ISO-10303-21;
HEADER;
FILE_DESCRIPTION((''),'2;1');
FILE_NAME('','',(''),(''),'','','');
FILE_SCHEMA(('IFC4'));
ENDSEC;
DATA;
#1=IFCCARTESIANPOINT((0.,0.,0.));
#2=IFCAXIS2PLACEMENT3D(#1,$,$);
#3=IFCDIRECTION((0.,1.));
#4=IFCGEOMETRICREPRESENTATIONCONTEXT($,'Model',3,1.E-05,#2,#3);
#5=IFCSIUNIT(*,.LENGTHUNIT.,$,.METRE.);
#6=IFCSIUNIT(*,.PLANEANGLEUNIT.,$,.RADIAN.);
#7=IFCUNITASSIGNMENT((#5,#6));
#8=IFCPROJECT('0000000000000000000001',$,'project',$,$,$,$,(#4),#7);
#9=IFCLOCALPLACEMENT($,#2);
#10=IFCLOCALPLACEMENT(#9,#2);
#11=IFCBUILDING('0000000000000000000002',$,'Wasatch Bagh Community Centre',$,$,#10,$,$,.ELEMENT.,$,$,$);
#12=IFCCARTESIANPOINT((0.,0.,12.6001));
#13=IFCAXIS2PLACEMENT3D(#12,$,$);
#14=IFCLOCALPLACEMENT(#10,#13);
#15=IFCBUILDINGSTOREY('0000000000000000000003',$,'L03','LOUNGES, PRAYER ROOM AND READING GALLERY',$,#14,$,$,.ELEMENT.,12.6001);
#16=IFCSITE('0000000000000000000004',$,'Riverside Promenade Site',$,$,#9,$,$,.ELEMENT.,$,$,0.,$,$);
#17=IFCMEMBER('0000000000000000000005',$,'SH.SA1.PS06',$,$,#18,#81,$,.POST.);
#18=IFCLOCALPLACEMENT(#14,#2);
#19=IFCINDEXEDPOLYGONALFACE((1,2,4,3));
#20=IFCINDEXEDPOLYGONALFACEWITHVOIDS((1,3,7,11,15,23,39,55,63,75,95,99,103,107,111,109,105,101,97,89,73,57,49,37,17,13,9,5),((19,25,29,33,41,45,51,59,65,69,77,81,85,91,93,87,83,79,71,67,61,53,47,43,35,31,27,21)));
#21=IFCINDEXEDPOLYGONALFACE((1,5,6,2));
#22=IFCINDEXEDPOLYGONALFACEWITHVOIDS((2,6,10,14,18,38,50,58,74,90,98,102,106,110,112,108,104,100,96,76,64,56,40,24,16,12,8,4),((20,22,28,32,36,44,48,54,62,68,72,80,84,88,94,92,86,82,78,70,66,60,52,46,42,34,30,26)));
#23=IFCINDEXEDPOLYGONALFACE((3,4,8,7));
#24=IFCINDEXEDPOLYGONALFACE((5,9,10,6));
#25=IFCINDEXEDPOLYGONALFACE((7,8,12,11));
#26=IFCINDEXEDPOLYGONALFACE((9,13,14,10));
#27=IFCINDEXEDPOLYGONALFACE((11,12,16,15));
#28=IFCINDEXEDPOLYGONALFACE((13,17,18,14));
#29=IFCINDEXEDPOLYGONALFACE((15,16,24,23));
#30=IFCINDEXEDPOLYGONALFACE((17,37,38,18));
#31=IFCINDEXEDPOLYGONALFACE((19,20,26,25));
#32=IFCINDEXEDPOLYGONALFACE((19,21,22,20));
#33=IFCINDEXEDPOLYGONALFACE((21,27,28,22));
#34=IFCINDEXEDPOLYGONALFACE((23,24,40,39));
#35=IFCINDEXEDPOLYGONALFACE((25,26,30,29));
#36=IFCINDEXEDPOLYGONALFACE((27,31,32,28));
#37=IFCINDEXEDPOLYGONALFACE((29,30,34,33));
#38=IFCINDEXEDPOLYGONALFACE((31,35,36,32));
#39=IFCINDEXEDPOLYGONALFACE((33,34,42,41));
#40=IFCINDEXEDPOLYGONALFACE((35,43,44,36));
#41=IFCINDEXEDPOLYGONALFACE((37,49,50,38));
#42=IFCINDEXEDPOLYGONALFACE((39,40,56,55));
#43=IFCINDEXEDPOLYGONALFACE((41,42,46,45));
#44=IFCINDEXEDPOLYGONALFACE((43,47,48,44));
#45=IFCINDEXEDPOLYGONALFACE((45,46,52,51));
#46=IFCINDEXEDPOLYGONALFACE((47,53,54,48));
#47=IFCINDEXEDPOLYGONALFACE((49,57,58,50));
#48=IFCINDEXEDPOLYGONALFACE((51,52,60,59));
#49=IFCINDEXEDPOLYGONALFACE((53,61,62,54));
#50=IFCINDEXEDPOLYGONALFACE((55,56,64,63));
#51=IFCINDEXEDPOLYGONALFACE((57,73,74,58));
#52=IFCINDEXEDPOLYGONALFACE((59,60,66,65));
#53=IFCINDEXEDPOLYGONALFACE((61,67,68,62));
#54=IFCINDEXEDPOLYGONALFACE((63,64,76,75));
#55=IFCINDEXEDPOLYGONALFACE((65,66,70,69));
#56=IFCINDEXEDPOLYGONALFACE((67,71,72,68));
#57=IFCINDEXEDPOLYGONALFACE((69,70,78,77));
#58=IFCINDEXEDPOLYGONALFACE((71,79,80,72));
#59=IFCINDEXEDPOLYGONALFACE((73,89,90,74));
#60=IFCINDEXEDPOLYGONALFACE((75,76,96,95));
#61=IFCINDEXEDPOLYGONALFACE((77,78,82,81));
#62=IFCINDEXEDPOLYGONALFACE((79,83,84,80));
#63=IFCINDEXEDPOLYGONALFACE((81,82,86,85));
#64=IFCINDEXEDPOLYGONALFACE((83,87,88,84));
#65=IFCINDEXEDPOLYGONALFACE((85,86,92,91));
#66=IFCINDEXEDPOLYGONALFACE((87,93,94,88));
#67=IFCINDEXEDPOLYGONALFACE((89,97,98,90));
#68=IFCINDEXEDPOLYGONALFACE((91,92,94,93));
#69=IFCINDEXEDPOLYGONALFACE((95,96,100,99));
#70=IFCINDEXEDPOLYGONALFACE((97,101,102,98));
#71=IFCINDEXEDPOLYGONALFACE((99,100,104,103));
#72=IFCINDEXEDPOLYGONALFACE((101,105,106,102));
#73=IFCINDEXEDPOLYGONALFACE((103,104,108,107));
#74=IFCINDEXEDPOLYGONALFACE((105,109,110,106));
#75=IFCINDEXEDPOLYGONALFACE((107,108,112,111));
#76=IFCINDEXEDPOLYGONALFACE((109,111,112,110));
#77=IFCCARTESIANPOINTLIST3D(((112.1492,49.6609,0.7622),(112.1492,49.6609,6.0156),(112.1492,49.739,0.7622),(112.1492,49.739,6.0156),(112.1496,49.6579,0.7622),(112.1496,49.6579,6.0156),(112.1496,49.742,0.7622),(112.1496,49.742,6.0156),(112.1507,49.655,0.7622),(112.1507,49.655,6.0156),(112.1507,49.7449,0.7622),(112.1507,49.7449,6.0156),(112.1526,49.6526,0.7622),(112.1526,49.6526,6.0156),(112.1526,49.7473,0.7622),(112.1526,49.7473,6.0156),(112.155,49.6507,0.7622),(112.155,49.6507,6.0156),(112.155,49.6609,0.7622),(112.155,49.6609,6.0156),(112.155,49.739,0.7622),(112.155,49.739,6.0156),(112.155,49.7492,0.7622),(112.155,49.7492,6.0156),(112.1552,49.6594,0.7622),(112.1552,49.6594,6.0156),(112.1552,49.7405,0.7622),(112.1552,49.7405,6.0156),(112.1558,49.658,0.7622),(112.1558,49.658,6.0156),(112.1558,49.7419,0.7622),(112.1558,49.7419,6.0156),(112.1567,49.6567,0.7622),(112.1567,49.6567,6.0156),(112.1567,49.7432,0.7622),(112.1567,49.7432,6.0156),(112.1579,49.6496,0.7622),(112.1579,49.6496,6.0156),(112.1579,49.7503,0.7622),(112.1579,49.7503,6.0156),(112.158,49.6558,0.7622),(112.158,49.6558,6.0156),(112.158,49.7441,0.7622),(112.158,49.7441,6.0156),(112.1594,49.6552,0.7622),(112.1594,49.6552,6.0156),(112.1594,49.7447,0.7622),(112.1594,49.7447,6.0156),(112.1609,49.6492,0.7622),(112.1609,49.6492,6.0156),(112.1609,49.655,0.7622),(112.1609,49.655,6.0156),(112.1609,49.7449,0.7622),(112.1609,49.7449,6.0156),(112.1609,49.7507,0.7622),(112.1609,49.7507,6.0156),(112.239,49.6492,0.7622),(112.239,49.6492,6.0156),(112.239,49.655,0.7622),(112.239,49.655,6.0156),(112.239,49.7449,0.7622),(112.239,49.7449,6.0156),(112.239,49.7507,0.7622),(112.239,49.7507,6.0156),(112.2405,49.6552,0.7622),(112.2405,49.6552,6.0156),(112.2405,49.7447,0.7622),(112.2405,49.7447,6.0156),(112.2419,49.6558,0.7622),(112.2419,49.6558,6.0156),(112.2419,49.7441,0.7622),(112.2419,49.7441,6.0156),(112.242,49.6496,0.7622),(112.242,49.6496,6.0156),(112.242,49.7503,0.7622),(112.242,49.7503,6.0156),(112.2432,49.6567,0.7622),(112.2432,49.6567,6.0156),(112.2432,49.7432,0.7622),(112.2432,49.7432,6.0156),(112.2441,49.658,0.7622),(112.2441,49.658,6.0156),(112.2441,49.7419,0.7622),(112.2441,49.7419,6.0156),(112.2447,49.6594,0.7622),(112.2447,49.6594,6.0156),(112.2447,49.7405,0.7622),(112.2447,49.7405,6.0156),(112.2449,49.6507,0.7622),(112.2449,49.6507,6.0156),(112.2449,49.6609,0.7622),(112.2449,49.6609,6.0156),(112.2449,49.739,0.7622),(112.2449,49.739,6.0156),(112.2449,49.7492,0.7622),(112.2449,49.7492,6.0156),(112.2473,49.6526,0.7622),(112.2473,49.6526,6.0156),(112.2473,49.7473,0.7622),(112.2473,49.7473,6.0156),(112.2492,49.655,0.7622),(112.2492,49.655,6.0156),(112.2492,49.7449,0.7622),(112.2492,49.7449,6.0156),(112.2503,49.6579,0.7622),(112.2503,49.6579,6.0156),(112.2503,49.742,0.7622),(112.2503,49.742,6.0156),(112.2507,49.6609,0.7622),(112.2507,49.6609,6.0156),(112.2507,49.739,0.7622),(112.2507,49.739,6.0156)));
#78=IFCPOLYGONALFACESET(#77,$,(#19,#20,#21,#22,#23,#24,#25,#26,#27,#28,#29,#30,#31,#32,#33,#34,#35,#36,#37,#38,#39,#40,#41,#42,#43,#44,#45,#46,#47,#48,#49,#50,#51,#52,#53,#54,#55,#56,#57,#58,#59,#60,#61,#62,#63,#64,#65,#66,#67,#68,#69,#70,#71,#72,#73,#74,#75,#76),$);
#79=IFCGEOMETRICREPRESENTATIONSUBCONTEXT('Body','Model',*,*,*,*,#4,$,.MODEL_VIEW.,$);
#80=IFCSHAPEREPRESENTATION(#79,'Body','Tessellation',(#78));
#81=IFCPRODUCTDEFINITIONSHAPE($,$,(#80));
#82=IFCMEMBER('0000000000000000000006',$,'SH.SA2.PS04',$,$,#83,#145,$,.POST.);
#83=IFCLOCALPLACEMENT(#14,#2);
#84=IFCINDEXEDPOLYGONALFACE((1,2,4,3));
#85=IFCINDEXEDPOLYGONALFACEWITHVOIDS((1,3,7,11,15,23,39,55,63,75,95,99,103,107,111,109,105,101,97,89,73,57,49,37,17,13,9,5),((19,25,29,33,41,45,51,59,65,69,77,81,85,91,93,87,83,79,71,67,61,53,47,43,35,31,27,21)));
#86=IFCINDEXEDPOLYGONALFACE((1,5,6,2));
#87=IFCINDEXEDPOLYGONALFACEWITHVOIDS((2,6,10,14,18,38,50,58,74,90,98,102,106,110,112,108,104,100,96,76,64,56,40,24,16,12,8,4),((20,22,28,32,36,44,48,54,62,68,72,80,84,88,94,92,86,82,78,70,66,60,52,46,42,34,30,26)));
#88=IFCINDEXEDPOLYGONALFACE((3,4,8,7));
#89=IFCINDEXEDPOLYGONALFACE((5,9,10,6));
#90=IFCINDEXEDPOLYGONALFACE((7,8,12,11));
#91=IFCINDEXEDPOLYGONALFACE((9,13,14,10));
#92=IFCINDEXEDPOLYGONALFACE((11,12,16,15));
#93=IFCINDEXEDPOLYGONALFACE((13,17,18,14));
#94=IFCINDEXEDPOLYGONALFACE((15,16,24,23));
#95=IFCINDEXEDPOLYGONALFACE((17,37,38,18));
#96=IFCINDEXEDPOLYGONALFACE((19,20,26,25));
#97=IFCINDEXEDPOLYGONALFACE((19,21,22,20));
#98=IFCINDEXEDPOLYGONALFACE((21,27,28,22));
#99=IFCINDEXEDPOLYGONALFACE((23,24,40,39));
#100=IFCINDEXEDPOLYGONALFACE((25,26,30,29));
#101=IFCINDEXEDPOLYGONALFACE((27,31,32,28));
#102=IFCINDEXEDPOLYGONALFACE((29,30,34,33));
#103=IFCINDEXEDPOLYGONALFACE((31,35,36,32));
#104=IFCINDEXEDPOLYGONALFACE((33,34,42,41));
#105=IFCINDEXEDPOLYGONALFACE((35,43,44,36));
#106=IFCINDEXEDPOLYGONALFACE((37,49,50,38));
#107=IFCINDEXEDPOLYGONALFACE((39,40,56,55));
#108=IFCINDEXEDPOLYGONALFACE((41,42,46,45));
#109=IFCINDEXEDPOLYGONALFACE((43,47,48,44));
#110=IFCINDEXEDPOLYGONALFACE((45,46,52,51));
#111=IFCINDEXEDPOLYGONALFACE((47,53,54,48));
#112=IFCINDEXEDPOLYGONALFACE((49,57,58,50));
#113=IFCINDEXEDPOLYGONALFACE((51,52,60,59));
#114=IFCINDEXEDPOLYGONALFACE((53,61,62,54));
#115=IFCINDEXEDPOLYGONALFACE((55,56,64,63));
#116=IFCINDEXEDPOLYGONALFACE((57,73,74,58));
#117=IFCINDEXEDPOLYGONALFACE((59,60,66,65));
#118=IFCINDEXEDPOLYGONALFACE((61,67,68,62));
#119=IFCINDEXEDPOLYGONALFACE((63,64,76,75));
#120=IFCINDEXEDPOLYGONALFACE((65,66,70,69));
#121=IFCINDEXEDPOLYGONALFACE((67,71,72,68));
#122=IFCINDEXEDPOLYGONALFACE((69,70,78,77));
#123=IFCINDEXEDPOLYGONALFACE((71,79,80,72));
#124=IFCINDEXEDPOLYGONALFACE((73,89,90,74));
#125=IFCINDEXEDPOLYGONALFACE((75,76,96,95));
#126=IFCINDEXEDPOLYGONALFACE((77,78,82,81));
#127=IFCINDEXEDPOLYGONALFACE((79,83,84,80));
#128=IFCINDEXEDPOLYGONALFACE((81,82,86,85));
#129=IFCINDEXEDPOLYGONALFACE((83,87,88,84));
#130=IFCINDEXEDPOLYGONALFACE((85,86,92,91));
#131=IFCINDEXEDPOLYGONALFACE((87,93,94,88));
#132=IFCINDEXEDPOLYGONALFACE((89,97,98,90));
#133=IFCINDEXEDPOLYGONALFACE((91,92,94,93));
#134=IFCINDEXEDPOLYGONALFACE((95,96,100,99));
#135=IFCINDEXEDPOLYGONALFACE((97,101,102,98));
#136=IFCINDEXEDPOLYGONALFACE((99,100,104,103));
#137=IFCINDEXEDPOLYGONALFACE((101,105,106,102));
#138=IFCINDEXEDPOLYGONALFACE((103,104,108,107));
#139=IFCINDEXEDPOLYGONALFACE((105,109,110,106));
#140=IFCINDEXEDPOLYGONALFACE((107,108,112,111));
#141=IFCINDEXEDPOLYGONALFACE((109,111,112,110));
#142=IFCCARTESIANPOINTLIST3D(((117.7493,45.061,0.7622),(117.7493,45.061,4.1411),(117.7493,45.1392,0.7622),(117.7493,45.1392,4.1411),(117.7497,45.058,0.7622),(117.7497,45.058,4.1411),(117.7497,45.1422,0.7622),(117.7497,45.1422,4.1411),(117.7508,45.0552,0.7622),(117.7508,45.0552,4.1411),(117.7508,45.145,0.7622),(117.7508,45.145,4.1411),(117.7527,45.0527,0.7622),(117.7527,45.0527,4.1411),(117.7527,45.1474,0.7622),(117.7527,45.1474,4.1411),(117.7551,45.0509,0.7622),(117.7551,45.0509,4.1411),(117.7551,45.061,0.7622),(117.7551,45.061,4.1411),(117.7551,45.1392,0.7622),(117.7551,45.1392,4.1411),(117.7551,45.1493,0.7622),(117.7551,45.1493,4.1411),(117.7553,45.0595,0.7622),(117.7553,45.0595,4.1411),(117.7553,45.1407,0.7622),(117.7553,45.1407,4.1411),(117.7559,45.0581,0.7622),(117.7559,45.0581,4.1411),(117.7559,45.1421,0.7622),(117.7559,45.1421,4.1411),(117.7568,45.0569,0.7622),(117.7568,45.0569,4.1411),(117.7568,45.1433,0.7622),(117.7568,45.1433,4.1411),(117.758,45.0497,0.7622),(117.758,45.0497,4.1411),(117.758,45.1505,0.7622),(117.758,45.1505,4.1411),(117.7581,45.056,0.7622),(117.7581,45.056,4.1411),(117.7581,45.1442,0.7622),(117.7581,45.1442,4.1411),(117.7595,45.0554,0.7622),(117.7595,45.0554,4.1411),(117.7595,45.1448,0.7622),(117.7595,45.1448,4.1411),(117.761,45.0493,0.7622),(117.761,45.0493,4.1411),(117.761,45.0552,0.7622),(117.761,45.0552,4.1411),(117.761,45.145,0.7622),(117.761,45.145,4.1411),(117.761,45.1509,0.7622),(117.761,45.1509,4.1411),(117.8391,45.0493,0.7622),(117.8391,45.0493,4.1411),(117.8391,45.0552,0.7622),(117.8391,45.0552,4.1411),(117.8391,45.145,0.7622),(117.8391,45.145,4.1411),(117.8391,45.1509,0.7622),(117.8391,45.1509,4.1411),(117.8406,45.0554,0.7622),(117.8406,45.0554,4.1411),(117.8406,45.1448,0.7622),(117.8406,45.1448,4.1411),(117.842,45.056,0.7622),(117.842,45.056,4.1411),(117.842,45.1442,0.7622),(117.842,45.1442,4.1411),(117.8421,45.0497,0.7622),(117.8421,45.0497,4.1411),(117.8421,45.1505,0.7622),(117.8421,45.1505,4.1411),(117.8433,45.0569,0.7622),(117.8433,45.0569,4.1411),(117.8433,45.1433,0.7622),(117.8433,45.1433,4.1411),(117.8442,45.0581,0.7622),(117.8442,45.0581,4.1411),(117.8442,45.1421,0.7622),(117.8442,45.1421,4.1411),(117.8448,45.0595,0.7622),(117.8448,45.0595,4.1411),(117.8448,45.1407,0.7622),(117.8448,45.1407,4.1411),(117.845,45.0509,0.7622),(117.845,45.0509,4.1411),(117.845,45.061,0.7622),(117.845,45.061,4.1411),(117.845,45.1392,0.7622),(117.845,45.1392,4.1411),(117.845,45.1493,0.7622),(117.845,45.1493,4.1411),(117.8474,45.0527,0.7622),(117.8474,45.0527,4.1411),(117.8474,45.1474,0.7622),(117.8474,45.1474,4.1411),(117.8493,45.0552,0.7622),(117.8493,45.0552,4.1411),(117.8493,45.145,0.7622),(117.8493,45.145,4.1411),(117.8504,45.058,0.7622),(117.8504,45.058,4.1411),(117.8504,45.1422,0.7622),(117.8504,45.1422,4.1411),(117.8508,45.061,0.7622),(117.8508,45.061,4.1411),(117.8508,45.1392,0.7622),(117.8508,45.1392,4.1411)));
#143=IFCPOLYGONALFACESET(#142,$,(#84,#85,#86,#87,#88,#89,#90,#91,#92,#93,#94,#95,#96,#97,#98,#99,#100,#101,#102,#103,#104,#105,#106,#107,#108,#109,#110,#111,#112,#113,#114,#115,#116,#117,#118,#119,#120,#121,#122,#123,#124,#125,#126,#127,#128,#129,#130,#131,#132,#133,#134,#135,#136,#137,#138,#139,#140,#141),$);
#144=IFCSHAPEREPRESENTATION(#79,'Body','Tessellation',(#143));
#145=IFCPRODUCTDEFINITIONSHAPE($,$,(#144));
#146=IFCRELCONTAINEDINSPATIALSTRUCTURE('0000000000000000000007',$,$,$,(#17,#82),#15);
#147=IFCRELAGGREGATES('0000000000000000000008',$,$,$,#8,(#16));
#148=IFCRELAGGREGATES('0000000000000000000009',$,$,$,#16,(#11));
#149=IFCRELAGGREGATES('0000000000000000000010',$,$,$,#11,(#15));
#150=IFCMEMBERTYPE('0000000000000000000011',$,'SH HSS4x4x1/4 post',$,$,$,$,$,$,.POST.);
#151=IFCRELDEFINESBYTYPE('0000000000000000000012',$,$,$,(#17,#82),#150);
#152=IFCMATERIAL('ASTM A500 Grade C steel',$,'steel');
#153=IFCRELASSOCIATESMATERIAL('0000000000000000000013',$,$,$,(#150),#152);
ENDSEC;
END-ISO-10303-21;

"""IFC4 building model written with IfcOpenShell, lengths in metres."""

from ifc_helpers import new_model, si_unit, direction, frame, origin, origin_2d, place, context, subcontext, project, spatial, hollow_rectangle, extrude, material, material_profile, profile_set, type_object, element, save


model = new_model("IFC4")

# Units and contexts
model_context = context("Model", 3, precision=1e-05, world=origin(), true_north=direction((0.0, 1.0)))
body_context = subcontext(model_context, "Body", "Model", "MODEL_VIEW")
ifc_project = project(units=[si_unit("LENGTHUNIT", "METRE"), si_unit("PLANEANGLEUNIT", "RADIAN")], contexts=[model_context])

# Site, building, storey
site_placement = place(None, origin())
site = spatial("IfcSite", under=ifc_project, at=site_placement, Name="Riverside Promenade Site", CompositionType="ELEMENT", RefElevation=0.0)
building_placement = place(site_placement, origin())
building = spatial("IfcBuilding", under=site, at=building_placement, Name="Wasatch Bagh Community Centre", CompositionType="ELEMENT")
storey_placement = place(building_placement, frame((0.0, 0.0, 12.6001)))
storey = spatial("IfcBuildingStorey", under=building, at=storey_placement, Name="L03", Description="LOUNGES, PRAYER ROOM AND READING GALLERY", CompositionType="ELEMENT", Elevation=12.6001)

# Members
ifc_material_1 = material(Name="ASTM A500 Grade C steel", Category="steel")
ifc_material_profile_1 = material_profile(ifc_material_1, hollow_rectangle(XDim=0.1016, YDim=0.1016, WallThickness=0.0059, InnerFilletRadius=0.0059, OuterFilletRadius=0.0117, at=origin_2d()), Name="HSS4x4x1/4")
ifc_profile_set_1 = profile_set([ifc_material_profile_1], Name="ASTM A500 Grade C steel")
member_type_1 = type_object("IfcMemberType", Name="SH HSS4x4x1/4 post", PredefinedType="POST", material=ifc_profile_set_1)
member_1_placement = place(storey_placement, frame((112.2, 49.7, 0.7622), z_axis=(0.0, 0.0, 1.0), x_axis=(1.0, 0.0, 0.0)))
element("IfcMember", 1, at=member_1_placement, inside=storey, type_object=member_type_1, Name="SH.SA1.PS06", PredefinedType="POST", context=body_context, shape_type="SweptSolid", body=[
    extrude(hollow_rectangle(XDim=0.1016, YDim=0.1016, WallThickness=0.0059, InnerFilletRadius=0.0059, OuterFilletRadius=0.0117, at=origin_2d()), origin(), (0.0, 0.0, 1.0), 5.2534),
])
member_2_placement = place(storey_placement, frame((117.8, 45.1001, 0.7622), z_axis=(0.0, 0.0, 1.0), x_axis=(1.0, 0.0, 0.0)))
element("IfcMember", 2, at=member_2_placement, inside=storey, type_object=member_type_1, Name="SH.SA2.PS04", PredefinedType="POST", context=body_context, shape_type="SweptSolid", body=[
    extrude(hollow_rectangle(XDim=0.1016, YDim=0.1016, WallThickness=0.0059, InnerFilletRadius=0.0059, OuterFilletRadius=0.0117, at=origin_2d()), origin(), (0.0, 0.0, 1.0), 3.3789),
])

save(model, "model.ifc")
